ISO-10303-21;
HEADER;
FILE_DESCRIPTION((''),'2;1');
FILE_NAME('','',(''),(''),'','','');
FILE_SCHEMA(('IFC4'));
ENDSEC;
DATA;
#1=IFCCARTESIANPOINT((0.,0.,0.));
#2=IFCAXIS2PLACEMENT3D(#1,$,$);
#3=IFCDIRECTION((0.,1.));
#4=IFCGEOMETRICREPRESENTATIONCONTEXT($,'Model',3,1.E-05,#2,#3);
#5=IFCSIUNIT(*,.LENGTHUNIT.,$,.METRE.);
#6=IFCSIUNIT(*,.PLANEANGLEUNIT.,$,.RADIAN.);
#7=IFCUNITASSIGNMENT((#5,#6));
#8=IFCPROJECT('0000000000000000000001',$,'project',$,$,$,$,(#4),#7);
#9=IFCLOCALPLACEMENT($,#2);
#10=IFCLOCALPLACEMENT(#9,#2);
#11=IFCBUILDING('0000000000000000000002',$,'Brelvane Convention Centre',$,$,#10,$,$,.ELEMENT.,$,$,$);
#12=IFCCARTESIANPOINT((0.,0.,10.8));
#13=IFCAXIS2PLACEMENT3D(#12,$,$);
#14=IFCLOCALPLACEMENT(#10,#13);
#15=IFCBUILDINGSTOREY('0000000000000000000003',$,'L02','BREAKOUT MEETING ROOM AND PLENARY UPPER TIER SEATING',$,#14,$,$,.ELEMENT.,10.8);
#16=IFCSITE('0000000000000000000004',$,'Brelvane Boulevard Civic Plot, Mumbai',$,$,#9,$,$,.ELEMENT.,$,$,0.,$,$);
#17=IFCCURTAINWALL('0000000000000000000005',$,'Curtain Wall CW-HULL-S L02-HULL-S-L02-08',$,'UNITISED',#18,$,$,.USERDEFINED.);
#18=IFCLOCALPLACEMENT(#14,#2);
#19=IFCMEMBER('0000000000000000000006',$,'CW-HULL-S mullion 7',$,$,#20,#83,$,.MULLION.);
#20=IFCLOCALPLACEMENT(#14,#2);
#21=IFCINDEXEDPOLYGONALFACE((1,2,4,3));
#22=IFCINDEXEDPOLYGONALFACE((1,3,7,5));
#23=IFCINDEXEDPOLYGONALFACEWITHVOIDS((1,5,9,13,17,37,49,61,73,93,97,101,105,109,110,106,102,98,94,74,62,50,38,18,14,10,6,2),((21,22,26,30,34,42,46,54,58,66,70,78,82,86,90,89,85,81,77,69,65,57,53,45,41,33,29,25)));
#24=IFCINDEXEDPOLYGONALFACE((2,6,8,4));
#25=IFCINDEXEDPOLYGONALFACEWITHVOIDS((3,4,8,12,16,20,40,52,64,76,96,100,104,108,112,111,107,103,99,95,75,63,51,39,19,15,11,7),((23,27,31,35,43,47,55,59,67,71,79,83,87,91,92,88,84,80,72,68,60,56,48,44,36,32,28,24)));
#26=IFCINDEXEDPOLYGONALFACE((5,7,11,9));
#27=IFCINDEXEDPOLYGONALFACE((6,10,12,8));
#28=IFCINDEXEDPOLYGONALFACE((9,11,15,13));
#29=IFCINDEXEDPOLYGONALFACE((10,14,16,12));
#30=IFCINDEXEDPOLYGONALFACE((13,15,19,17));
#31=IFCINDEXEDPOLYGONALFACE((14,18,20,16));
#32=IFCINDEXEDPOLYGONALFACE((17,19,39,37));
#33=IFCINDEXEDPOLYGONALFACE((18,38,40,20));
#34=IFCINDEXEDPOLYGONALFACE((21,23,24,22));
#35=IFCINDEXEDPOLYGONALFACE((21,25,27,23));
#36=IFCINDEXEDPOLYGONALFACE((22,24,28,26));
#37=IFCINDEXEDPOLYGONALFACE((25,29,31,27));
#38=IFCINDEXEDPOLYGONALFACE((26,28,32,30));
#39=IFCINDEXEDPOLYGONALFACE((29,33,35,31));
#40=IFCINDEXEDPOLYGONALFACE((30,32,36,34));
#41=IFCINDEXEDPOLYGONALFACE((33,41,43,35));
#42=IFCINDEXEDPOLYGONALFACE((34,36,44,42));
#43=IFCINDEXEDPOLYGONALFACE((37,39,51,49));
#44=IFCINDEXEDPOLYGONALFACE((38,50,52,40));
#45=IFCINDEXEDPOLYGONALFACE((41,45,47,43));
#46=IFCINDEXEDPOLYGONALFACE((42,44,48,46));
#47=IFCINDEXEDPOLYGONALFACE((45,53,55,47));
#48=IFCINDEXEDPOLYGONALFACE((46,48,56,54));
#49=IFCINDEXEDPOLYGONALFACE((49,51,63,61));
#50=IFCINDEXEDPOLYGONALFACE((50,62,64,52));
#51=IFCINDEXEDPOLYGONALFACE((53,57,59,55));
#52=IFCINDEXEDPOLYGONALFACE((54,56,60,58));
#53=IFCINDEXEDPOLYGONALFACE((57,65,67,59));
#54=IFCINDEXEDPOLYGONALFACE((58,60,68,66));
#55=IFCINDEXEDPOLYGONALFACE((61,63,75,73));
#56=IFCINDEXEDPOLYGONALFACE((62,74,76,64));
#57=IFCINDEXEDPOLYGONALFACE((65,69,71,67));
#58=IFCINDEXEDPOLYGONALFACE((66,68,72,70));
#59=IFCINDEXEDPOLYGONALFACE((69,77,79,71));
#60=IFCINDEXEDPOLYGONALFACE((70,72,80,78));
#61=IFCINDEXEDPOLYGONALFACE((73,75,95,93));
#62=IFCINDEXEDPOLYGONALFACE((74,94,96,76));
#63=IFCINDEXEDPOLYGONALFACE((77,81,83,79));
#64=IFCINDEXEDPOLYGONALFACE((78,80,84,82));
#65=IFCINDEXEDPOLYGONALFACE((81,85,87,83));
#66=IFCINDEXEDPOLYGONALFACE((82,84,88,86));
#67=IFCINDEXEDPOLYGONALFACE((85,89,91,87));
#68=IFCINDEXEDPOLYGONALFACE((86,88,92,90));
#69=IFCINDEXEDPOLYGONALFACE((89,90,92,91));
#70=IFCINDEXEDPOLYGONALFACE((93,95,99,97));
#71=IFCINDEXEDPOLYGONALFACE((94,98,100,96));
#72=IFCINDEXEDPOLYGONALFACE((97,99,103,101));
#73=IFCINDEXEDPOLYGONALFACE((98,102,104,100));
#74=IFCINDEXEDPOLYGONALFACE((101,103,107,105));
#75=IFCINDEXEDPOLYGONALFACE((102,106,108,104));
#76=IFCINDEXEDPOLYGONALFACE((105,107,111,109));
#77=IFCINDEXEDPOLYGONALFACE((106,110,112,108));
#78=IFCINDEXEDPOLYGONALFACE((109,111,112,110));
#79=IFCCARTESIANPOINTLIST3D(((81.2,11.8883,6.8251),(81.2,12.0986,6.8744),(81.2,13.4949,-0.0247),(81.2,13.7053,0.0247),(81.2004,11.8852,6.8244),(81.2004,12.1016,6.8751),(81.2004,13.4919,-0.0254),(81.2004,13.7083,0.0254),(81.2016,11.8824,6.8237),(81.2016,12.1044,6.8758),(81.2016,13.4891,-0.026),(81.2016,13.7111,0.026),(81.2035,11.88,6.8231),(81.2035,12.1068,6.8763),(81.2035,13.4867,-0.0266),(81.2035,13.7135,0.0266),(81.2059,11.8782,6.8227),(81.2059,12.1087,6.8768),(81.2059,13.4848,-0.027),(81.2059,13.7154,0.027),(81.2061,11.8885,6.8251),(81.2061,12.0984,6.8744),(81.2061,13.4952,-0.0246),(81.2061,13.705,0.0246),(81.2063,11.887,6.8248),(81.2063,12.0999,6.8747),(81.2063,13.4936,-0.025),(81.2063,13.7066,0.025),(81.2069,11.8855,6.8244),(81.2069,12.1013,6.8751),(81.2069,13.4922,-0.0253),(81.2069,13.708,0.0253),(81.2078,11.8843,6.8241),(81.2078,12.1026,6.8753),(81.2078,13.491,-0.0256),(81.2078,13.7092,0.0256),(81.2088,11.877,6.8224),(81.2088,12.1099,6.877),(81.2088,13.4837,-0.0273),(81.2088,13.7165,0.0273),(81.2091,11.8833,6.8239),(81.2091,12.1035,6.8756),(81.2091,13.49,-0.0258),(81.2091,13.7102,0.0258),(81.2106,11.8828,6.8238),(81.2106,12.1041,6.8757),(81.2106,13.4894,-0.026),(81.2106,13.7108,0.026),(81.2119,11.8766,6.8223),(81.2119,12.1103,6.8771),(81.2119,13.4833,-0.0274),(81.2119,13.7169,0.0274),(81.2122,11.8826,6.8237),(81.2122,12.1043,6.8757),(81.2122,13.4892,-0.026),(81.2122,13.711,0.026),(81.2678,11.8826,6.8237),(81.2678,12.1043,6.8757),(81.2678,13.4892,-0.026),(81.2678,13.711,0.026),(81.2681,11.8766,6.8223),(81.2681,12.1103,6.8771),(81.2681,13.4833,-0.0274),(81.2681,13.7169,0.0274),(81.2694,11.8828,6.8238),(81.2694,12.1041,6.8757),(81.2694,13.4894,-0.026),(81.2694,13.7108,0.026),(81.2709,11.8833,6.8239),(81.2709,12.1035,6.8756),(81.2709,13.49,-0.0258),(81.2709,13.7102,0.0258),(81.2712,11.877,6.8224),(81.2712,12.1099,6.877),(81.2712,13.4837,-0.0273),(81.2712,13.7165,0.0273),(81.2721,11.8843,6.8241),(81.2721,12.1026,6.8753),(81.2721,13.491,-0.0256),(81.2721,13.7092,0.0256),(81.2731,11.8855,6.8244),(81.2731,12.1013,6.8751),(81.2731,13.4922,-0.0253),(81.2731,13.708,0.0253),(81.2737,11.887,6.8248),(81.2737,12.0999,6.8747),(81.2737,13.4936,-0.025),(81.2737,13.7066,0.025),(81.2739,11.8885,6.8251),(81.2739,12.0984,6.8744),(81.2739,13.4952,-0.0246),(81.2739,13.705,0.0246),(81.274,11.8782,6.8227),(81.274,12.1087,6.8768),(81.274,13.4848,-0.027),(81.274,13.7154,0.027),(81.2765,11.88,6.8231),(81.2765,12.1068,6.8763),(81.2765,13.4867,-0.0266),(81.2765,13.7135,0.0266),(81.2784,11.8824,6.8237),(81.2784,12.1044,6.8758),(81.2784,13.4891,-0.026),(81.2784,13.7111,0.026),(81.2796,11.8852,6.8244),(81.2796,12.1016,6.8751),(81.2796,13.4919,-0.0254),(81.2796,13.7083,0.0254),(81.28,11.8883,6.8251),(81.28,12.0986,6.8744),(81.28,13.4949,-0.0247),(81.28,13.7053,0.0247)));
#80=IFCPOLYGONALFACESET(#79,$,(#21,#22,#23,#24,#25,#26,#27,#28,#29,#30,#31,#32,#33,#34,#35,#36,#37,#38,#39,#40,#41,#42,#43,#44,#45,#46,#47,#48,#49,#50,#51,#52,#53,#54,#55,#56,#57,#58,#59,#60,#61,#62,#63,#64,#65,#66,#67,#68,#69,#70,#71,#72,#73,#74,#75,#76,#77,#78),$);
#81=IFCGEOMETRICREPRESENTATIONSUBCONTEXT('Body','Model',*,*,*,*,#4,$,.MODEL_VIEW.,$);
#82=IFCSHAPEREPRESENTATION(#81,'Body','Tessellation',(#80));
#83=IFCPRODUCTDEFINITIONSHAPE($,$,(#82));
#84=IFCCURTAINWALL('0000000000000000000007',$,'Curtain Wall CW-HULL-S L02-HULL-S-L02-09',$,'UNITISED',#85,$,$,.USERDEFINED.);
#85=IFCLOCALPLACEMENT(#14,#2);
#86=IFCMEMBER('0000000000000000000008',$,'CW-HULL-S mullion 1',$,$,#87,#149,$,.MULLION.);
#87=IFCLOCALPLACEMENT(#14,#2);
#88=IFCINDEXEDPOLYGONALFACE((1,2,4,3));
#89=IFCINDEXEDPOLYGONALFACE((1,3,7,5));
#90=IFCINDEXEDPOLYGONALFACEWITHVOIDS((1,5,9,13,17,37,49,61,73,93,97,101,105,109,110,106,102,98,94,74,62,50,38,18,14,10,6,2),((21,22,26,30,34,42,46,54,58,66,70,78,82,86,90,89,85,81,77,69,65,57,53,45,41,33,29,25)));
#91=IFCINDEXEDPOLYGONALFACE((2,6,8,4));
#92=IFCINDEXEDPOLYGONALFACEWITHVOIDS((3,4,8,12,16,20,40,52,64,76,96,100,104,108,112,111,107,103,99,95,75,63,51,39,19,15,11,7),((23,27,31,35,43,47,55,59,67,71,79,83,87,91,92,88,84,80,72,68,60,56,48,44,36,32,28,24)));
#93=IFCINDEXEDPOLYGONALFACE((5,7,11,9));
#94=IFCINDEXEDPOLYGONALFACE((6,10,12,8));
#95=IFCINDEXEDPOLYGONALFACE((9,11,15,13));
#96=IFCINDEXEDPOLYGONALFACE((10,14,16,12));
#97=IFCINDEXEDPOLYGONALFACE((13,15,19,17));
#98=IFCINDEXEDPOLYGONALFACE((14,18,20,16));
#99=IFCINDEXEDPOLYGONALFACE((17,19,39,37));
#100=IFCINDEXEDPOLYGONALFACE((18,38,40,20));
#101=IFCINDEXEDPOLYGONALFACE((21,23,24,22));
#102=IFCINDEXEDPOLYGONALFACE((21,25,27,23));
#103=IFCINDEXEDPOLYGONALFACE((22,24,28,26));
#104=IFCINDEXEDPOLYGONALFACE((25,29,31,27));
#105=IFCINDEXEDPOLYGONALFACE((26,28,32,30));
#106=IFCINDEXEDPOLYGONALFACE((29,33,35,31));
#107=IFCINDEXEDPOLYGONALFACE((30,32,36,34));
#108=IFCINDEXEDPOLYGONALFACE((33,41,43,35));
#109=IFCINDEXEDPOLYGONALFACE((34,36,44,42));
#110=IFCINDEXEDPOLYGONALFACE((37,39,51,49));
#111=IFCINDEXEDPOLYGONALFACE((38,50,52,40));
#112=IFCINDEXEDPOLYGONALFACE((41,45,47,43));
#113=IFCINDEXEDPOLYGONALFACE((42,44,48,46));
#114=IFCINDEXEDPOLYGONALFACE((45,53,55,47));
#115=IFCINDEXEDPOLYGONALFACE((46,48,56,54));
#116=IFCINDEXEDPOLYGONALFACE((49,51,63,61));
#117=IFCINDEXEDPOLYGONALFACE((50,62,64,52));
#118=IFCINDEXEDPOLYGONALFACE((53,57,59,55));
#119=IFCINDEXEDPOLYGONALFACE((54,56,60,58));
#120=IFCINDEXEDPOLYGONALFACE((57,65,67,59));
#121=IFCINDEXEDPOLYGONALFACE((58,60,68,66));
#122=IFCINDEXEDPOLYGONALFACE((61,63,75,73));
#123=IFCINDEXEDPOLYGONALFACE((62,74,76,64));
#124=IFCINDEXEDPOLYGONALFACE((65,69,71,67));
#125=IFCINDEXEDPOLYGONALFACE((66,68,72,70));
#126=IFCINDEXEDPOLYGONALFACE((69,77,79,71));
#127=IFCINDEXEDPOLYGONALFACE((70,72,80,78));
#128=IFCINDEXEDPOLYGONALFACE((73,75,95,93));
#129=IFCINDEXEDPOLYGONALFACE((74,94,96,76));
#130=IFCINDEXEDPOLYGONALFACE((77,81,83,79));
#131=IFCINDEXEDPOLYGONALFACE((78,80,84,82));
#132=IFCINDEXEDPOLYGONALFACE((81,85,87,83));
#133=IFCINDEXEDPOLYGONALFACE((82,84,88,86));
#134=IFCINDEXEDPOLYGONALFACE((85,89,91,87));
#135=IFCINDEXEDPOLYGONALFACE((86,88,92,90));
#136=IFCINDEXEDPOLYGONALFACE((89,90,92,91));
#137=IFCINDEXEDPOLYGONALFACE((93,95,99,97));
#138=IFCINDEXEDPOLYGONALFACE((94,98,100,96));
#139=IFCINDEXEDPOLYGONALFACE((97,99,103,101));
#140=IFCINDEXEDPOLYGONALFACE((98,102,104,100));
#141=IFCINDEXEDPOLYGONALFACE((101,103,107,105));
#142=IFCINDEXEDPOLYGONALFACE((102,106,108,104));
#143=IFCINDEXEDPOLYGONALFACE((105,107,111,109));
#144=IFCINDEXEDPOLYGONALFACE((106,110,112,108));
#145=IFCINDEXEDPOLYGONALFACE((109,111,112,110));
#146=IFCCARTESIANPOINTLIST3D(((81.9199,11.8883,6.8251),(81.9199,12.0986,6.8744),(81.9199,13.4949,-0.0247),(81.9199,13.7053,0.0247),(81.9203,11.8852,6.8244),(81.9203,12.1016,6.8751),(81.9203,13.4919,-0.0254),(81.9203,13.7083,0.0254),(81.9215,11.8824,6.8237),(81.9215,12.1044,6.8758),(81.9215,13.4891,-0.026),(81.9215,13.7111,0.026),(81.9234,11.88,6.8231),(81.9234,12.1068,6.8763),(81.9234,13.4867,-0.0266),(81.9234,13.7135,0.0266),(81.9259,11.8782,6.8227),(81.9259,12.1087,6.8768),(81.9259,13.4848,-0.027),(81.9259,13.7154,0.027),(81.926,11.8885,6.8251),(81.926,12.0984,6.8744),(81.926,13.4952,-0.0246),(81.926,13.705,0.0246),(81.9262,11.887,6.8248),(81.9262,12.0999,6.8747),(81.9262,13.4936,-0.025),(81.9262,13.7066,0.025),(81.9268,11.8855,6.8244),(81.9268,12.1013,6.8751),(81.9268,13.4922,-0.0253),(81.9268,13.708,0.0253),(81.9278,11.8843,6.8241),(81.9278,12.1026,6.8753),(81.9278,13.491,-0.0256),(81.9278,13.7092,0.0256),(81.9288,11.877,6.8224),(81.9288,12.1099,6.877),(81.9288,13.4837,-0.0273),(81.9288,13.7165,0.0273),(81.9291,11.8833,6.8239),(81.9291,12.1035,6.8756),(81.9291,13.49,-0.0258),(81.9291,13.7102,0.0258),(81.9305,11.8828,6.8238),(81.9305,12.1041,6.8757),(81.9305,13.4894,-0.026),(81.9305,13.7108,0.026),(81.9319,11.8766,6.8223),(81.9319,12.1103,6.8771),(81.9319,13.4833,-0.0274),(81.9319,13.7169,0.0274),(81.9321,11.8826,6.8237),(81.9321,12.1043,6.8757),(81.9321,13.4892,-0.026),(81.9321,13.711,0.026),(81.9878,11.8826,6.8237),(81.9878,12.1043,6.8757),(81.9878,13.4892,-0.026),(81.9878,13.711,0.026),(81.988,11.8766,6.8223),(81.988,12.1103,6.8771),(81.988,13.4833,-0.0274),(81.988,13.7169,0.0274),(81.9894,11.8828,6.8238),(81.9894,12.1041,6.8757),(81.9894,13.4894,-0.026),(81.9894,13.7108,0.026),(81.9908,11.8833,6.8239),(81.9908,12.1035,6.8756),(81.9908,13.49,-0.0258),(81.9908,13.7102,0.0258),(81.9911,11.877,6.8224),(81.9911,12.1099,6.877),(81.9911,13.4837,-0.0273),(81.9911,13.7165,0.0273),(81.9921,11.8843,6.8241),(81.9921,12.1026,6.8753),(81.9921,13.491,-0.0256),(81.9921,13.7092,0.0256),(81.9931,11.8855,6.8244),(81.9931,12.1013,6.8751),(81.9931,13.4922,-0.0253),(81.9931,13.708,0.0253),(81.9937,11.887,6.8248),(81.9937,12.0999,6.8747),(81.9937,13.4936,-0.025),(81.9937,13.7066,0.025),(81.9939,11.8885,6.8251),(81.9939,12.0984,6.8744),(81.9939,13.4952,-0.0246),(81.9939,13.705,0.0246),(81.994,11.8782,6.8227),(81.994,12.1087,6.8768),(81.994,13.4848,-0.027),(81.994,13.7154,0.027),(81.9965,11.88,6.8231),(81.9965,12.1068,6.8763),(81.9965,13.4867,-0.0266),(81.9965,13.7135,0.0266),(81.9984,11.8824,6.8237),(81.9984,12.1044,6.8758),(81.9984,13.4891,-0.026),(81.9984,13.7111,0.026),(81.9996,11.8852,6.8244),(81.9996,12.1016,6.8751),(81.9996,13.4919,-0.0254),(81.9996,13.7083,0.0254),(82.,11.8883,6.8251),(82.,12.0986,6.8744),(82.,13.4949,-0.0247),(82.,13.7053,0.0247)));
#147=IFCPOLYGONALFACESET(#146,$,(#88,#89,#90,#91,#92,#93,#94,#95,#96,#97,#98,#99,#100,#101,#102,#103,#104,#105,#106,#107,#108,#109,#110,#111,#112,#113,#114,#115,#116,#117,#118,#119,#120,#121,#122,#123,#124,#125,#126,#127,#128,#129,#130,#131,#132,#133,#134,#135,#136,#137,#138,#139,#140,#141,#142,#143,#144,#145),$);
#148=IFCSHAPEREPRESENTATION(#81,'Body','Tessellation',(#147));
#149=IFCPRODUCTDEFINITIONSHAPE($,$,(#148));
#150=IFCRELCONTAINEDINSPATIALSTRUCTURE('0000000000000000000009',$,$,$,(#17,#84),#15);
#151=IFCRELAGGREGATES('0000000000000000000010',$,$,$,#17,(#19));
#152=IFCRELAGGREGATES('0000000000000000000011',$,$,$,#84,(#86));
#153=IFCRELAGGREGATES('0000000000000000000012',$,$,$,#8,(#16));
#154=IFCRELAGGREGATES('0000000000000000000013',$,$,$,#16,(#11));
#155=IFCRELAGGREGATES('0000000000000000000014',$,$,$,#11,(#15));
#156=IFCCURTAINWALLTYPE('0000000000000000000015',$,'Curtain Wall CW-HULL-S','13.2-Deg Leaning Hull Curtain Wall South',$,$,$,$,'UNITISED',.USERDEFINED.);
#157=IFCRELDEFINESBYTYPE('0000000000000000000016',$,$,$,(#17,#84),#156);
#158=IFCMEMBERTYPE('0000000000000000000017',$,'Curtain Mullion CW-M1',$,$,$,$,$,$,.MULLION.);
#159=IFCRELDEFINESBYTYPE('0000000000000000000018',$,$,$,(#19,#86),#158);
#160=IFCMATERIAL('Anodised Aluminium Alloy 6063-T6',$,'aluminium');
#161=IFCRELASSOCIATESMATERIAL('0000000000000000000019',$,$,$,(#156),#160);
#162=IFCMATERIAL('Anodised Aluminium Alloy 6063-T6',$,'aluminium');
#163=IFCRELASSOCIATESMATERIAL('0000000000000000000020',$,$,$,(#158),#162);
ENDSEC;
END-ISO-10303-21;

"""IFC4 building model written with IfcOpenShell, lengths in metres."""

from ifc_helpers import new_model, si_unit, direction, frame, origin, origin_2d, place, context, subcontext, project, spatial, hollow_rectangle, extrude, material, material_profile, profile_set, type_object, element, aggregate, save


model = new_model("IFC4")

# Units and contexts
model_context = context("Model", 3, precision=1e-05, world=origin(), true_north=direction((0.0, 1.0)))
body_context = subcontext(model_context, "Body", "Model", "MODEL_VIEW")
ifc_project = project(units=[si_unit("LENGTHUNIT", "METRE"), si_unit("PLANEANGLEUNIT", "RADIAN")], contexts=[model_context])

# Site, building, storey
site_placement = place(None, origin())
site = spatial("IfcSite", under=ifc_project, at=site_placement, Name="Brelvane Boulevard Civic Plot, Mumbai", CompositionType="ELEMENT", RefElevation=0.0)
building_placement = place(site_placement, origin())
building = spatial("IfcBuilding", under=site, at=building_placement, Name="Brelvane Convention Centre", CompositionType="ELEMENT")
storey_placement = place(building_placement, frame((0.0, 0.0, 10.8)))
storey = spatial("IfcBuildingStorey", under=building, at=storey_placement, Name="L02", Description="BREAKOUT MEETING ROOM AND PLENARY UPPER TIER SEATING", CompositionType="ELEMENT", Elevation=10.8)

# Curtain wall, member
ifc_material_1 = material(Name="Anodised Aluminium Alloy 6063-T6", Category="aluminium")
curtain_wall_type = type_object("IfcCurtainWallType", Name="Curtain Wall CW-HULL-S", Description="13.2-Deg Leaning Hull Curtain Wall South", ElementType="UNITISED", PredefinedType="USERDEFINED", material=ifc_material_1)
curtain_wall_1_placement = place(storey_placement, origin())
curtain_wall_1 = element("IfcCurtainWall", 1, at=curtain_wall_1_placement, inside=storey, type_object=curtain_wall_type, Name="Curtain Wall CW-HULL-S L02-HULL-S-L02-08", ObjectType="UNITISED", PredefinedType="USERDEFINED")
ifc_material_2 = material(Name="Anodised Aluminium Alloy 6063-T6", Category="aluminium")
ifc_material_profile_1 = material_profile(ifc_material_2, hollow_rectangle(XDim=0.0801, YDim=0.24, WallThickness=0.0061, InnerFilletRadius=0.0061, OuterFilletRadius=0.012, at=origin_2d()), Name="ALU-M 240x80x6.0")
ifc_profile_set_1 = profile_set([ifc_material_profile_1], Name="Anodised Aluminium Alloy 6063-T6")
member_type_1 = type_object("IfcMemberType", Name="Curtain Mullion CW-M1", PredefinedType="MULLION", material=ifc_profile_set_1)
member_1_placement = place(storey_placement, frame((81.24, 13.6001, 0.0), z_axis=(0.0, -0.22836, 0.973577), x_axis=(1.0, 0.0, 0.0)))
member_1 = element("IfcMember", 2, at=member_1_placement, type_object=member_type_1, Name="CW-HULL-S mullion 7", PredefinedType="MULLION", context=body_context, shape_type="SweptSolid", body=[
    extrude(hollow_rectangle(XDim=0.0801, YDim=0.24, WallThickness=0.0061, InnerFilletRadius=0.0061, OuterFilletRadius=0.012, at=origin_2d()), origin(), (0.0, 0.0, 1.0), 7.0356),
])

# Curtain wall, member
curtain_wall_2_placement = place(storey_placement, origin())
curtain_wall_2 = element("IfcCurtainWall", 3, at=curtain_wall_2_placement, inside=storey, type_object=curtain_wall_type, Name="Curtain Wall CW-HULL-S L02-HULL-S-L02-09", ObjectType="UNITISED", PredefinedType="USERDEFINED")
member_2_placement = place(storey_placement, frame((81.96, 13.6001, 0.0), z_axis=(0.0, -0.22836, 0.973577), x_axis=(1.0, 0.0, 0.0)))
member_2 = element("IfcMember", 4, at=member_2_placement, type_object=member_type_1, Name="CW-HULL-S mullion 1", PredefinedType="MULLION", context=body_context, shape_type="SweptSolid", body=[
    extrude(hollow_rectangle(XDim=0.0801, YDim=0.24, WallThickness=0.0061, InnerFilletRadius=0.0061, OuterFilletRadius=0.012, at=origin_2d()), origin(), (0.0, 0.0, 1.0), 7.0356),
])

aggregate(curtain_wall_1, [member_1])
aggregate(curtain_wall_2, [member_2])

save(model, "model.ifc")
